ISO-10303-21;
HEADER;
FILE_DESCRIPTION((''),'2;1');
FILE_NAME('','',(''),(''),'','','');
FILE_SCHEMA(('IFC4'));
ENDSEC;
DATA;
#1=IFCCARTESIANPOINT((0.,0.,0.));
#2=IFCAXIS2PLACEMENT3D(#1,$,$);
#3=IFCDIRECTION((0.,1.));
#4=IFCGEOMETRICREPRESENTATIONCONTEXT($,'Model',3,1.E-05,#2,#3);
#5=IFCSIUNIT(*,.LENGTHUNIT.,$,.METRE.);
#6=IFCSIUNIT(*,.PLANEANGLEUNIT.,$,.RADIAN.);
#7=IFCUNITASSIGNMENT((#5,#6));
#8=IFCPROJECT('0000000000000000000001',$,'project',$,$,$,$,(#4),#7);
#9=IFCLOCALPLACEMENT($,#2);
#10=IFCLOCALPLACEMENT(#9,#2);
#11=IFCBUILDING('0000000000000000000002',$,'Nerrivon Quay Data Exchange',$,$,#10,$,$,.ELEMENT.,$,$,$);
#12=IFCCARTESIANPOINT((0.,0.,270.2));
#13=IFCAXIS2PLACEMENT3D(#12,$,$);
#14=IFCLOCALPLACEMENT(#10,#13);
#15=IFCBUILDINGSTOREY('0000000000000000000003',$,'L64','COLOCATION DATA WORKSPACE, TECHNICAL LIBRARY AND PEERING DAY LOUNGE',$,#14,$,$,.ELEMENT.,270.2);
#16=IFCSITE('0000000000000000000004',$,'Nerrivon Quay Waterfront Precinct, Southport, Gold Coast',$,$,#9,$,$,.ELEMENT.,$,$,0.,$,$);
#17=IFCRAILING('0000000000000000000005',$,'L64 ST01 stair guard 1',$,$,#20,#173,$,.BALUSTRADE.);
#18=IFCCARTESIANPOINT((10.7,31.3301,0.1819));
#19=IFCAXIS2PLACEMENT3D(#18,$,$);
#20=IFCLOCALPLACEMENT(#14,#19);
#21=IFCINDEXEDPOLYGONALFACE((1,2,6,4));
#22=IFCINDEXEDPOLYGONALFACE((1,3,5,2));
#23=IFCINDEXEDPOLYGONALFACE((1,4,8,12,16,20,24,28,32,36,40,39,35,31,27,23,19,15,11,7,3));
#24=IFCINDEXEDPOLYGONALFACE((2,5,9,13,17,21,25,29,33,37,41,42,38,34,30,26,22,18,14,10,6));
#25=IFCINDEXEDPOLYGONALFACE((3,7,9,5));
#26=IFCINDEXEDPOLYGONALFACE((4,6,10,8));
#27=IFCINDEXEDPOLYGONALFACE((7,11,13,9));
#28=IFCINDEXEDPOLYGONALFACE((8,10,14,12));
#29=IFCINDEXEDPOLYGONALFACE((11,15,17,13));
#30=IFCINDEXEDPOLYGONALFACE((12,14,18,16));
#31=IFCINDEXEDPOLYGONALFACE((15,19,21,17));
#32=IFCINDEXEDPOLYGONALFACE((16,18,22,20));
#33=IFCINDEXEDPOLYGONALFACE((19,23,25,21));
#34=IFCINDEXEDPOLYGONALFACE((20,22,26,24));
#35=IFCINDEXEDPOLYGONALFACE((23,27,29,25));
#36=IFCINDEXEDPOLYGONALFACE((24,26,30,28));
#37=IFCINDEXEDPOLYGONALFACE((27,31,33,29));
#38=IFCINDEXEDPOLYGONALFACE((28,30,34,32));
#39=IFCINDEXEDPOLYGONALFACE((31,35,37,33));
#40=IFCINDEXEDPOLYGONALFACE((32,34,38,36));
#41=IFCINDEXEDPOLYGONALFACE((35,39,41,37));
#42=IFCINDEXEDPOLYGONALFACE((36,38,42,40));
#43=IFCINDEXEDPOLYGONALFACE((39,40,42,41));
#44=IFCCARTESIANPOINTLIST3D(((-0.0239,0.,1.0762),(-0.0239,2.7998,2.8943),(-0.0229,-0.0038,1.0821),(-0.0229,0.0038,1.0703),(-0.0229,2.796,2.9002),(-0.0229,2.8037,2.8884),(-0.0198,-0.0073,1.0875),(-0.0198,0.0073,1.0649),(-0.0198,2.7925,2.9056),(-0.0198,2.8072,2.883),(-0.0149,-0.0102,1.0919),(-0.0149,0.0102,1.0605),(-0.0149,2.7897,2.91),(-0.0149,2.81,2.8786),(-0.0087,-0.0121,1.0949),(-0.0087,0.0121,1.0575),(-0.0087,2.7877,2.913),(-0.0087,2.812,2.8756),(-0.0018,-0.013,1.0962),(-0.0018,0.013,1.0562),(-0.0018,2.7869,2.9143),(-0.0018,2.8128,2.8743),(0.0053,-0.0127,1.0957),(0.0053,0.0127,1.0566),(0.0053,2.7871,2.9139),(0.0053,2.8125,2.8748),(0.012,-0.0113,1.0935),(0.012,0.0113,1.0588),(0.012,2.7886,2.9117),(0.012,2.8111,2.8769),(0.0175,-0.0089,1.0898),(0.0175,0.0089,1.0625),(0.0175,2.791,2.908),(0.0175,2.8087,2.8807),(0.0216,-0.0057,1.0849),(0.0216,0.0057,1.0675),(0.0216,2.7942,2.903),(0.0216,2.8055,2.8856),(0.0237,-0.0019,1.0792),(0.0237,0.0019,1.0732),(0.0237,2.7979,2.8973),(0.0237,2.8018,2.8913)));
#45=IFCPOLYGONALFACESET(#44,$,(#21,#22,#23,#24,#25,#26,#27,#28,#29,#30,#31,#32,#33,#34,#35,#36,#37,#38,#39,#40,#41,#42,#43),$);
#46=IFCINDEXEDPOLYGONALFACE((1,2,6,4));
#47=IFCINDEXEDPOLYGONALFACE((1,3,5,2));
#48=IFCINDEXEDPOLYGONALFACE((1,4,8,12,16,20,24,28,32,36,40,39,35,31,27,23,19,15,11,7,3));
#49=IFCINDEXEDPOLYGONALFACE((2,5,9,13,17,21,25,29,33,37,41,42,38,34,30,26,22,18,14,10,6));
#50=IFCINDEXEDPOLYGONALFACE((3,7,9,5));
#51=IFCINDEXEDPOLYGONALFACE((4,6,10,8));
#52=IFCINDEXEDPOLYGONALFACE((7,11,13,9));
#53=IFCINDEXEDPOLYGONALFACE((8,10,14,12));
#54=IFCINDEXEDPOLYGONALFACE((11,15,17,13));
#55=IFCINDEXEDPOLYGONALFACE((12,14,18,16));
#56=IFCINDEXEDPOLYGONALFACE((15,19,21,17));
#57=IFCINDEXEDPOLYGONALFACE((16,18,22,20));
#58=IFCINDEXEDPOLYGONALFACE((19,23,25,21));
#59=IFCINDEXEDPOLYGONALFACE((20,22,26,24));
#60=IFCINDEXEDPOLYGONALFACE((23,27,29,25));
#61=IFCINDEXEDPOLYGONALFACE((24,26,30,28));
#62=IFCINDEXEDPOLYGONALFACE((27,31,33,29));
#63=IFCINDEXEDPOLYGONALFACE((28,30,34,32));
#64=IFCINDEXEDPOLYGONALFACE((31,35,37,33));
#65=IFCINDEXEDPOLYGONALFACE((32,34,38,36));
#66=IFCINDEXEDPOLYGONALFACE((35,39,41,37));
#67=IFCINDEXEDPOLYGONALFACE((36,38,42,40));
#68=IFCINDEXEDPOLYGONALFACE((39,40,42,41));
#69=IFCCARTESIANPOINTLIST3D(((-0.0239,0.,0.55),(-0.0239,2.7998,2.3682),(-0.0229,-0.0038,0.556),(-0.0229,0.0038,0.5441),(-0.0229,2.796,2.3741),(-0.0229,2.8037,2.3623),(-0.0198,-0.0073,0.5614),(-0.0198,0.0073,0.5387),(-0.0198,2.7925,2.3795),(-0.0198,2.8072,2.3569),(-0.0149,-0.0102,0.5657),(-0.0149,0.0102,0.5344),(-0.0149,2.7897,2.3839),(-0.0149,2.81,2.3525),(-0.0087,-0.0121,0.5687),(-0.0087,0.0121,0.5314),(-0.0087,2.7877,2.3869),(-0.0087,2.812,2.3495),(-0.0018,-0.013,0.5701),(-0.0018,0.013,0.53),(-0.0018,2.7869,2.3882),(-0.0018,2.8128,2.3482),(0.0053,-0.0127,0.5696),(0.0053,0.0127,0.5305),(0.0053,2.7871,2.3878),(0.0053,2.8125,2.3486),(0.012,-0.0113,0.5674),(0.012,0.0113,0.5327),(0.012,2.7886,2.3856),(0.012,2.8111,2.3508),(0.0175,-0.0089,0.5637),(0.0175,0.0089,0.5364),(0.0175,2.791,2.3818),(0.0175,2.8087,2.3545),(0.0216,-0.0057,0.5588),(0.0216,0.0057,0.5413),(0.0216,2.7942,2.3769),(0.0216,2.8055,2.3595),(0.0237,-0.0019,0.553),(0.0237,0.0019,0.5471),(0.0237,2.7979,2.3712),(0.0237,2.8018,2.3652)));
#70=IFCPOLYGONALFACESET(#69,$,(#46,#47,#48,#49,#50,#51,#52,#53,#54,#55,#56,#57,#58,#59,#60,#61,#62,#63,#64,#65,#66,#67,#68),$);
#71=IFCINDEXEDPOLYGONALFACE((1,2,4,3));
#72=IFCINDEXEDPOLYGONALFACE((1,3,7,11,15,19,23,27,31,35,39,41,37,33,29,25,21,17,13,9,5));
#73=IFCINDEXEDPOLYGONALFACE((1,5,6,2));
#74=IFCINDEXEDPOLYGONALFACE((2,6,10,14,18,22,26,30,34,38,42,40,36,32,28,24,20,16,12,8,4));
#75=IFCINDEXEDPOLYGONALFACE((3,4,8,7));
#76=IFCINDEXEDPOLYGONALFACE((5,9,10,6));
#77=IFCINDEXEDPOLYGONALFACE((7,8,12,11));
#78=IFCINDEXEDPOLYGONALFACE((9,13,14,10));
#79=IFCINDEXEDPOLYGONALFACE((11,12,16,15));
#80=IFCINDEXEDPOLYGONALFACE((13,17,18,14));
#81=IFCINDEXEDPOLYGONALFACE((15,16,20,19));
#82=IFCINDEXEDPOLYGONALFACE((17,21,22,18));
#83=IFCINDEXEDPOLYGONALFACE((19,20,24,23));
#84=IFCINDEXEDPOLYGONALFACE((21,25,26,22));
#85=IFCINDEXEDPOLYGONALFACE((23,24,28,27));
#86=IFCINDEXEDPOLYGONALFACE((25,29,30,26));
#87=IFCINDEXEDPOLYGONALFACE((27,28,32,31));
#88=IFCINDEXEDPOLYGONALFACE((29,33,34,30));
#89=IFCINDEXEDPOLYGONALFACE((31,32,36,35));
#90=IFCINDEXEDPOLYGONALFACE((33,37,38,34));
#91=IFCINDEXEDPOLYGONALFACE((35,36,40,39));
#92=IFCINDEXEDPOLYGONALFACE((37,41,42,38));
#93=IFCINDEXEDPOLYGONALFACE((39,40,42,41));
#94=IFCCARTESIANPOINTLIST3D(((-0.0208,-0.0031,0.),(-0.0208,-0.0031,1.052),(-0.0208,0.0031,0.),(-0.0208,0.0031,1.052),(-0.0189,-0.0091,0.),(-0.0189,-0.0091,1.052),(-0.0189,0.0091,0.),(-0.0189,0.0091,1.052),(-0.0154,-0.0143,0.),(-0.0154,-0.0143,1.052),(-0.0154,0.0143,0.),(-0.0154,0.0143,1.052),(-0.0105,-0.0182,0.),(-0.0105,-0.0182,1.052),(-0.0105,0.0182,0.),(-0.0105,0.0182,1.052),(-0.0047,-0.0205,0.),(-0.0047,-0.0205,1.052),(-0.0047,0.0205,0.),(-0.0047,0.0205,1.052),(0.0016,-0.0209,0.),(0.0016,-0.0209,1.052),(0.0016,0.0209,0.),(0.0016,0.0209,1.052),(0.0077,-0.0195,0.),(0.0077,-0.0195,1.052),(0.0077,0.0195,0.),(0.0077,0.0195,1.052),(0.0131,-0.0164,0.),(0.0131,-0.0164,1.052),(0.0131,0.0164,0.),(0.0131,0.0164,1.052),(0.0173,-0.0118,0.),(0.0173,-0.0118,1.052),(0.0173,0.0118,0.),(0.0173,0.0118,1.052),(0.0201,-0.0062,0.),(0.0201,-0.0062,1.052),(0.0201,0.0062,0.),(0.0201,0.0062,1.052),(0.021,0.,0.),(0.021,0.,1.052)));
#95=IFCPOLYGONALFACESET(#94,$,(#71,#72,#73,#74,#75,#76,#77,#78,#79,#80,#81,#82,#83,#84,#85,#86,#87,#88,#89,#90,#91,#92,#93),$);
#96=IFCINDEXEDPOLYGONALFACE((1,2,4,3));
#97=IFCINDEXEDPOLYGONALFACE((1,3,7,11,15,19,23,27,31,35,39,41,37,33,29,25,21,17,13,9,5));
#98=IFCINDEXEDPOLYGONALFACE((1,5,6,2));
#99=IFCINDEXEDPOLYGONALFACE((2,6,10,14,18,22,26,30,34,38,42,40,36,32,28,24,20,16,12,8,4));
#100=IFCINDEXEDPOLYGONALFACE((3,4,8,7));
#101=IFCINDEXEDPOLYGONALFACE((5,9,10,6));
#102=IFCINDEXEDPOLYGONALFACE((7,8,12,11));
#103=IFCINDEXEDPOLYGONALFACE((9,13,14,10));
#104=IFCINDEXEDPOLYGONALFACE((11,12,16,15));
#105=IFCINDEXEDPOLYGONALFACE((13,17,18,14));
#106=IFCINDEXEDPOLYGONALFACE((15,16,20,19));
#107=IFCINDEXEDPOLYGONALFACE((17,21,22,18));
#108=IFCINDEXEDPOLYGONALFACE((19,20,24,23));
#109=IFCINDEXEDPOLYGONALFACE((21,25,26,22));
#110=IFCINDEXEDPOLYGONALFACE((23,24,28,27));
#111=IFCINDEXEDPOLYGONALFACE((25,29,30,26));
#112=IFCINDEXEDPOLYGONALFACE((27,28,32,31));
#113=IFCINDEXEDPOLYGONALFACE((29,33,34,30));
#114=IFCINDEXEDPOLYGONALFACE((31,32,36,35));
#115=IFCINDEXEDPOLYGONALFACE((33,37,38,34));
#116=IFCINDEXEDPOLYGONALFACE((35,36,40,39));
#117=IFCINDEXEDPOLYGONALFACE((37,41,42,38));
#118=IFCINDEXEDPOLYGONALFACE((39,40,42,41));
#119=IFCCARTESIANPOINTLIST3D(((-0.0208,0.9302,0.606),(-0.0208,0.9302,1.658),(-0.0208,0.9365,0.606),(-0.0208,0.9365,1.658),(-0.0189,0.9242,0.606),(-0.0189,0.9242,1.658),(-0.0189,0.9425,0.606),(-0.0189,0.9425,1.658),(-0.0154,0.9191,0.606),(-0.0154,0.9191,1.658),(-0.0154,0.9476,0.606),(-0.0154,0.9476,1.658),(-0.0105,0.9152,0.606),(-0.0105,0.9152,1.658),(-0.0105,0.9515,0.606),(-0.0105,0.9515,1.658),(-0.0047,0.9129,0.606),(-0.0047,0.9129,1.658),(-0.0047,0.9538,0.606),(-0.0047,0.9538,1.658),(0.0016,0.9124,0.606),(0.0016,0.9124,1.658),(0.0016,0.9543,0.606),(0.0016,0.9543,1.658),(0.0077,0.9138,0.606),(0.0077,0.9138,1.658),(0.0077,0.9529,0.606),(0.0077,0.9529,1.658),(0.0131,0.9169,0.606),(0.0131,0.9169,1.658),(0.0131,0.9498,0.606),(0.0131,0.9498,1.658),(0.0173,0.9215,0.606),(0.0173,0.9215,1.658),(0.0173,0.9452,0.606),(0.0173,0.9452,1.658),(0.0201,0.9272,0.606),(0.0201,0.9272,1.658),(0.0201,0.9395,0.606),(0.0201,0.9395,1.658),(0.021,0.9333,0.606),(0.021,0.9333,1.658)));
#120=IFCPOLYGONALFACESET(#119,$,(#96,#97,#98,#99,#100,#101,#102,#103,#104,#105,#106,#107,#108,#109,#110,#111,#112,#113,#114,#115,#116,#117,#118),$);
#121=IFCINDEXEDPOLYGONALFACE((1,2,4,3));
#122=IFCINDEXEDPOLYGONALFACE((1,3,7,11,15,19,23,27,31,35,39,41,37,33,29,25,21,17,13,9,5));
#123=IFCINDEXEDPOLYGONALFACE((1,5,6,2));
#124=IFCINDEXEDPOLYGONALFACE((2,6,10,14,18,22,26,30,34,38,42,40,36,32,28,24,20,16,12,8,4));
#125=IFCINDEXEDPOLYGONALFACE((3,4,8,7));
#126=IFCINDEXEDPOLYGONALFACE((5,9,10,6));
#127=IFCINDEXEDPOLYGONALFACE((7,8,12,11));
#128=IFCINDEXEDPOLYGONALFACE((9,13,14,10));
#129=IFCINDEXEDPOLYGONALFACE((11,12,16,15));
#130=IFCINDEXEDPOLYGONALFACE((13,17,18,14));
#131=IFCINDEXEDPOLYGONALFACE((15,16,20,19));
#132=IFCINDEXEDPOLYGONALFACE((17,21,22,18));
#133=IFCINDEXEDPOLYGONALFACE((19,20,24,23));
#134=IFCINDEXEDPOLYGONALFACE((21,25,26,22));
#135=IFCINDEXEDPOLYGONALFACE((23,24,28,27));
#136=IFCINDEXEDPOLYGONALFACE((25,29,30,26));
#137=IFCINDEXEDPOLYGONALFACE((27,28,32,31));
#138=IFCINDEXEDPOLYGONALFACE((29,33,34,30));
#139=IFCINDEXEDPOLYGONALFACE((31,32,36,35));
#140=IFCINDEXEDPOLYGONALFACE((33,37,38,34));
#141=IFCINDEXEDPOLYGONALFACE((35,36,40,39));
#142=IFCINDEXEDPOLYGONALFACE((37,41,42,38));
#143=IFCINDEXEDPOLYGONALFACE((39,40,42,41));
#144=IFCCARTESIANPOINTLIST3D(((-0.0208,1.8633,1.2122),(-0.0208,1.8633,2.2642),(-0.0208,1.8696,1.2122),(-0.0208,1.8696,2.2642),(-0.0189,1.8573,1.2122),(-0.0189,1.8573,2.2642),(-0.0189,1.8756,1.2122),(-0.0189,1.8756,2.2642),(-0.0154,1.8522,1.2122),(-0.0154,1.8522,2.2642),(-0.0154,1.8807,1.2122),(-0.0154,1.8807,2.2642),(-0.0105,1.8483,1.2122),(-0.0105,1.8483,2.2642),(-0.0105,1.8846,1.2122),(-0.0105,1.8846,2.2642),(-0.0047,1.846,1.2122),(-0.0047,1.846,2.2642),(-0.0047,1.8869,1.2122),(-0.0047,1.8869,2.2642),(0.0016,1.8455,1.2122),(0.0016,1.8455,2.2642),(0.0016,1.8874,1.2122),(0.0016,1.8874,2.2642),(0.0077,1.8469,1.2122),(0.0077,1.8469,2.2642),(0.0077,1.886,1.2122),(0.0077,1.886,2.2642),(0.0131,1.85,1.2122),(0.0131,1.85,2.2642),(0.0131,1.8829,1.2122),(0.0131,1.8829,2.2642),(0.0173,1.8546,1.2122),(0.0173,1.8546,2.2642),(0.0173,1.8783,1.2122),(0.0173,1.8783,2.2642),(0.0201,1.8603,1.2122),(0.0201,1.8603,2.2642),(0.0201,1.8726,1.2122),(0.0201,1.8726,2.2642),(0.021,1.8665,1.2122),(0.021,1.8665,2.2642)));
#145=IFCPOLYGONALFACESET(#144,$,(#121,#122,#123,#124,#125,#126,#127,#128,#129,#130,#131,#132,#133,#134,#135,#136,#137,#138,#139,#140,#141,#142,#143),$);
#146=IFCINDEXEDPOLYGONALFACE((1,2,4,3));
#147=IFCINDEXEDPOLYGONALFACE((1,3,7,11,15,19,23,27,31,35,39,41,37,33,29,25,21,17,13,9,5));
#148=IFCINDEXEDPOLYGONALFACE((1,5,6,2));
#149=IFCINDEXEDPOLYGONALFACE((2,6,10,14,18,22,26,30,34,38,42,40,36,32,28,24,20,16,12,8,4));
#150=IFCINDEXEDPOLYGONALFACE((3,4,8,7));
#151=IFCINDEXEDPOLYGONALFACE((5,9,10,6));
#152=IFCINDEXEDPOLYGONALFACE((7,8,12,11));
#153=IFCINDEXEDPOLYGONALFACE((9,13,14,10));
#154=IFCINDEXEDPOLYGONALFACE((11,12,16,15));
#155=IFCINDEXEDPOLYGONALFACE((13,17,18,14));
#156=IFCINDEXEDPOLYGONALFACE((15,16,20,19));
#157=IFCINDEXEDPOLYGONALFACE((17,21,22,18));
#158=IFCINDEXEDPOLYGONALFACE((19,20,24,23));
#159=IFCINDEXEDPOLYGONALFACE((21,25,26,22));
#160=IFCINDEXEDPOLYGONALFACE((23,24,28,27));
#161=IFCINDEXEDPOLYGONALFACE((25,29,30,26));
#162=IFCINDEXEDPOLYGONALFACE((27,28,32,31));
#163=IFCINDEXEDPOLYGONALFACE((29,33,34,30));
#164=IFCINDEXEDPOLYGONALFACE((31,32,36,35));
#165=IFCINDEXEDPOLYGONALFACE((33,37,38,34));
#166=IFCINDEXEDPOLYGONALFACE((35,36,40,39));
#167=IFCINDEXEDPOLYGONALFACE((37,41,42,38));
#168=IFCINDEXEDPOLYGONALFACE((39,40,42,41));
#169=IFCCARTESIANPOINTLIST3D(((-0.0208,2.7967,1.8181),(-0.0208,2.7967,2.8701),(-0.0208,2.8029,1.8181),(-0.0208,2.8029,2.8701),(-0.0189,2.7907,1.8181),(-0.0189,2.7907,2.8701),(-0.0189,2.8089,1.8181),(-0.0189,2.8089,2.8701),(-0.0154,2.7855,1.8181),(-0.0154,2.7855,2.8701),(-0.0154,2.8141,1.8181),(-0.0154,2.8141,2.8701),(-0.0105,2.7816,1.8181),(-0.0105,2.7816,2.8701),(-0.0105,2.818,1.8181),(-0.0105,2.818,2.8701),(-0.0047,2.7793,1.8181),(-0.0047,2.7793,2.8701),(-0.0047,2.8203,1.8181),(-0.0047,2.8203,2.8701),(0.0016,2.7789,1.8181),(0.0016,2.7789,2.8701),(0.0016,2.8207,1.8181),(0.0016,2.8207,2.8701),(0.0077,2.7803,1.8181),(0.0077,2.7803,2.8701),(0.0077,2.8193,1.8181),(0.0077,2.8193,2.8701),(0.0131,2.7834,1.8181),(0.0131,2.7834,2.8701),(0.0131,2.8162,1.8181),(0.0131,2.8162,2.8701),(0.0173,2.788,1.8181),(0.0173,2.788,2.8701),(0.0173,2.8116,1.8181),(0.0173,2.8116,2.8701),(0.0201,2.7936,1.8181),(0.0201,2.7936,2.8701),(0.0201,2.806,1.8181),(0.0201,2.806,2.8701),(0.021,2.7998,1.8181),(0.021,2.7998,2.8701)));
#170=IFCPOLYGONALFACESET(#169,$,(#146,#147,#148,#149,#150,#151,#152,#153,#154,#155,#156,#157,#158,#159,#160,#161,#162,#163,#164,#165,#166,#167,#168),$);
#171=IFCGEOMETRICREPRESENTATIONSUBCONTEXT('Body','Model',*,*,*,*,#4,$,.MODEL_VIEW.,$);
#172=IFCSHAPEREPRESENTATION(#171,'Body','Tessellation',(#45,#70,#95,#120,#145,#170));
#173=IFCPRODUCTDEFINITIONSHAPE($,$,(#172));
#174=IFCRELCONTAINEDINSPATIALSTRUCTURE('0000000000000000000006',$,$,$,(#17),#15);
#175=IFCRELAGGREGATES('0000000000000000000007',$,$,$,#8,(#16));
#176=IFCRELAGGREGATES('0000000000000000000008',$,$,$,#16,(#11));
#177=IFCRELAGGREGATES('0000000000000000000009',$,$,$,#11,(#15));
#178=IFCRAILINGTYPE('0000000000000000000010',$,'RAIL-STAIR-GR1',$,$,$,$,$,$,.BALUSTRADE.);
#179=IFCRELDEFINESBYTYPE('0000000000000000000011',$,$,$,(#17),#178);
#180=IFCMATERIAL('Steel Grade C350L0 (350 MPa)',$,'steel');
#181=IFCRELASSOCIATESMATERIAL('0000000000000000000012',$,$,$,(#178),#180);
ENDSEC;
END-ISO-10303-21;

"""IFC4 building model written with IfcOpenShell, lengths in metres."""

from ifc_helpers import new_model, si_unit, direction, frame, origin, origin_2d, place, context, subcontext, project, spatial, circle, extrude, material, type_object, element, save


model = new_model("IFC4")

# Units and contexts
model_context = context("Model", 3, precision=1e-05, world=origin(), true_north=direction((0.0, 1.0)))
body_context = subcontext(model_context, "Body", "Model", "MODEL_VIEW")
ifc_project = project(units=[si_unit("LENGTHUNIT", "METRE"), si_unit("PLANEANGLEUNIT", "RADIAN")], contexts=[model_context])

# Site, building, storey
site_placement = place(None, origin())
site = spatial("IfcSite", under=ifc_project, at=site_placement, Name="Nerrivon Quay Waterfront Precinct, Southport, Gold Coast", CompositionType="ELEMENT", RefElevation=0.0)
building_placement = place(site_placement, origin())
building = spatial("IfcBuilding", under=site, at=building_placement, Name="Nerrivon Quay Data Exchange", CompositionType="ELEMENT")
storey_placement = place(building_placement, frame((0.0, 0.0, 270.2)))
storey = spatial("IfcBuildingStorey", under=building, at=storey_placement, Name="L64", Description="COLOCATION DATA WORKSPACE, TECHNICAL LIBRARY AND PEERING DAY LOUNGE", CompositionType="ELEMENT", Elevation=270.2)

# Railing
ifc_material_1 = material(Name="Steel Grade C350L0 (350 MPa)", Category="steel")
railing_type_1 = type_object("IfcRailingType", Name="RAIL-STAIR-GR1", PredefinedType="BALUSTRADE", material=ifc_material_1)
railing_1_placement = place(storey_placement, frame((10.7, 31.3301, 0.1819)))
element("IfcRailing", 1, at=railing_1_placement, inside=storey, type_object=railing_type_1, Name="L64 ST01 stair guard 1", PredefinedType="BALUSTRADE", context=body_context, shape_type="SweptSolid", body=[
    extrude(circle(Radius=0.0239, at=origin_2d()), frame((0.0, 0.0, 1.0762), z_axis=(0.0, 0.838684, 0.544618), x_axis=(-1.0, 0.0, 0.0)), (0.0, 0.0, 1.0), 3.3384),
    extrude(circle(Radius=0.0239, at=origin_2d()), frame((0.0, 0.0, 0.55), z_axis=(0.0, 0.838684, 0.544618), x_axis=(-1.0, 0.0, 0.0)), (0.0, 0.0, 1.0), 3.3384),
    extrude(circle(Radius=0.021, at=origin_2d()), origin(), (0.0, 0.0, 1.0), 1.052),
    extrude(circle(Radius=0.021, at=origin_2d()), frame((0.0, 0.9333, 0.606)), (0.0, 0.0, 1.0), 1.052),
    extrude(circle(Radius=0.021, at=origin_2d()), frame((0.0, 1.8665, 1.2122)), (0.0, 0.0, 1.0), 1.052),
    extrude(circle(Radius=0.021, at=origin_2d()), frame((0.0, 2.7998, 1.8181)), (0.0, 0.0, 1.0), 1.052),
])

save(model, "model.ifc")
